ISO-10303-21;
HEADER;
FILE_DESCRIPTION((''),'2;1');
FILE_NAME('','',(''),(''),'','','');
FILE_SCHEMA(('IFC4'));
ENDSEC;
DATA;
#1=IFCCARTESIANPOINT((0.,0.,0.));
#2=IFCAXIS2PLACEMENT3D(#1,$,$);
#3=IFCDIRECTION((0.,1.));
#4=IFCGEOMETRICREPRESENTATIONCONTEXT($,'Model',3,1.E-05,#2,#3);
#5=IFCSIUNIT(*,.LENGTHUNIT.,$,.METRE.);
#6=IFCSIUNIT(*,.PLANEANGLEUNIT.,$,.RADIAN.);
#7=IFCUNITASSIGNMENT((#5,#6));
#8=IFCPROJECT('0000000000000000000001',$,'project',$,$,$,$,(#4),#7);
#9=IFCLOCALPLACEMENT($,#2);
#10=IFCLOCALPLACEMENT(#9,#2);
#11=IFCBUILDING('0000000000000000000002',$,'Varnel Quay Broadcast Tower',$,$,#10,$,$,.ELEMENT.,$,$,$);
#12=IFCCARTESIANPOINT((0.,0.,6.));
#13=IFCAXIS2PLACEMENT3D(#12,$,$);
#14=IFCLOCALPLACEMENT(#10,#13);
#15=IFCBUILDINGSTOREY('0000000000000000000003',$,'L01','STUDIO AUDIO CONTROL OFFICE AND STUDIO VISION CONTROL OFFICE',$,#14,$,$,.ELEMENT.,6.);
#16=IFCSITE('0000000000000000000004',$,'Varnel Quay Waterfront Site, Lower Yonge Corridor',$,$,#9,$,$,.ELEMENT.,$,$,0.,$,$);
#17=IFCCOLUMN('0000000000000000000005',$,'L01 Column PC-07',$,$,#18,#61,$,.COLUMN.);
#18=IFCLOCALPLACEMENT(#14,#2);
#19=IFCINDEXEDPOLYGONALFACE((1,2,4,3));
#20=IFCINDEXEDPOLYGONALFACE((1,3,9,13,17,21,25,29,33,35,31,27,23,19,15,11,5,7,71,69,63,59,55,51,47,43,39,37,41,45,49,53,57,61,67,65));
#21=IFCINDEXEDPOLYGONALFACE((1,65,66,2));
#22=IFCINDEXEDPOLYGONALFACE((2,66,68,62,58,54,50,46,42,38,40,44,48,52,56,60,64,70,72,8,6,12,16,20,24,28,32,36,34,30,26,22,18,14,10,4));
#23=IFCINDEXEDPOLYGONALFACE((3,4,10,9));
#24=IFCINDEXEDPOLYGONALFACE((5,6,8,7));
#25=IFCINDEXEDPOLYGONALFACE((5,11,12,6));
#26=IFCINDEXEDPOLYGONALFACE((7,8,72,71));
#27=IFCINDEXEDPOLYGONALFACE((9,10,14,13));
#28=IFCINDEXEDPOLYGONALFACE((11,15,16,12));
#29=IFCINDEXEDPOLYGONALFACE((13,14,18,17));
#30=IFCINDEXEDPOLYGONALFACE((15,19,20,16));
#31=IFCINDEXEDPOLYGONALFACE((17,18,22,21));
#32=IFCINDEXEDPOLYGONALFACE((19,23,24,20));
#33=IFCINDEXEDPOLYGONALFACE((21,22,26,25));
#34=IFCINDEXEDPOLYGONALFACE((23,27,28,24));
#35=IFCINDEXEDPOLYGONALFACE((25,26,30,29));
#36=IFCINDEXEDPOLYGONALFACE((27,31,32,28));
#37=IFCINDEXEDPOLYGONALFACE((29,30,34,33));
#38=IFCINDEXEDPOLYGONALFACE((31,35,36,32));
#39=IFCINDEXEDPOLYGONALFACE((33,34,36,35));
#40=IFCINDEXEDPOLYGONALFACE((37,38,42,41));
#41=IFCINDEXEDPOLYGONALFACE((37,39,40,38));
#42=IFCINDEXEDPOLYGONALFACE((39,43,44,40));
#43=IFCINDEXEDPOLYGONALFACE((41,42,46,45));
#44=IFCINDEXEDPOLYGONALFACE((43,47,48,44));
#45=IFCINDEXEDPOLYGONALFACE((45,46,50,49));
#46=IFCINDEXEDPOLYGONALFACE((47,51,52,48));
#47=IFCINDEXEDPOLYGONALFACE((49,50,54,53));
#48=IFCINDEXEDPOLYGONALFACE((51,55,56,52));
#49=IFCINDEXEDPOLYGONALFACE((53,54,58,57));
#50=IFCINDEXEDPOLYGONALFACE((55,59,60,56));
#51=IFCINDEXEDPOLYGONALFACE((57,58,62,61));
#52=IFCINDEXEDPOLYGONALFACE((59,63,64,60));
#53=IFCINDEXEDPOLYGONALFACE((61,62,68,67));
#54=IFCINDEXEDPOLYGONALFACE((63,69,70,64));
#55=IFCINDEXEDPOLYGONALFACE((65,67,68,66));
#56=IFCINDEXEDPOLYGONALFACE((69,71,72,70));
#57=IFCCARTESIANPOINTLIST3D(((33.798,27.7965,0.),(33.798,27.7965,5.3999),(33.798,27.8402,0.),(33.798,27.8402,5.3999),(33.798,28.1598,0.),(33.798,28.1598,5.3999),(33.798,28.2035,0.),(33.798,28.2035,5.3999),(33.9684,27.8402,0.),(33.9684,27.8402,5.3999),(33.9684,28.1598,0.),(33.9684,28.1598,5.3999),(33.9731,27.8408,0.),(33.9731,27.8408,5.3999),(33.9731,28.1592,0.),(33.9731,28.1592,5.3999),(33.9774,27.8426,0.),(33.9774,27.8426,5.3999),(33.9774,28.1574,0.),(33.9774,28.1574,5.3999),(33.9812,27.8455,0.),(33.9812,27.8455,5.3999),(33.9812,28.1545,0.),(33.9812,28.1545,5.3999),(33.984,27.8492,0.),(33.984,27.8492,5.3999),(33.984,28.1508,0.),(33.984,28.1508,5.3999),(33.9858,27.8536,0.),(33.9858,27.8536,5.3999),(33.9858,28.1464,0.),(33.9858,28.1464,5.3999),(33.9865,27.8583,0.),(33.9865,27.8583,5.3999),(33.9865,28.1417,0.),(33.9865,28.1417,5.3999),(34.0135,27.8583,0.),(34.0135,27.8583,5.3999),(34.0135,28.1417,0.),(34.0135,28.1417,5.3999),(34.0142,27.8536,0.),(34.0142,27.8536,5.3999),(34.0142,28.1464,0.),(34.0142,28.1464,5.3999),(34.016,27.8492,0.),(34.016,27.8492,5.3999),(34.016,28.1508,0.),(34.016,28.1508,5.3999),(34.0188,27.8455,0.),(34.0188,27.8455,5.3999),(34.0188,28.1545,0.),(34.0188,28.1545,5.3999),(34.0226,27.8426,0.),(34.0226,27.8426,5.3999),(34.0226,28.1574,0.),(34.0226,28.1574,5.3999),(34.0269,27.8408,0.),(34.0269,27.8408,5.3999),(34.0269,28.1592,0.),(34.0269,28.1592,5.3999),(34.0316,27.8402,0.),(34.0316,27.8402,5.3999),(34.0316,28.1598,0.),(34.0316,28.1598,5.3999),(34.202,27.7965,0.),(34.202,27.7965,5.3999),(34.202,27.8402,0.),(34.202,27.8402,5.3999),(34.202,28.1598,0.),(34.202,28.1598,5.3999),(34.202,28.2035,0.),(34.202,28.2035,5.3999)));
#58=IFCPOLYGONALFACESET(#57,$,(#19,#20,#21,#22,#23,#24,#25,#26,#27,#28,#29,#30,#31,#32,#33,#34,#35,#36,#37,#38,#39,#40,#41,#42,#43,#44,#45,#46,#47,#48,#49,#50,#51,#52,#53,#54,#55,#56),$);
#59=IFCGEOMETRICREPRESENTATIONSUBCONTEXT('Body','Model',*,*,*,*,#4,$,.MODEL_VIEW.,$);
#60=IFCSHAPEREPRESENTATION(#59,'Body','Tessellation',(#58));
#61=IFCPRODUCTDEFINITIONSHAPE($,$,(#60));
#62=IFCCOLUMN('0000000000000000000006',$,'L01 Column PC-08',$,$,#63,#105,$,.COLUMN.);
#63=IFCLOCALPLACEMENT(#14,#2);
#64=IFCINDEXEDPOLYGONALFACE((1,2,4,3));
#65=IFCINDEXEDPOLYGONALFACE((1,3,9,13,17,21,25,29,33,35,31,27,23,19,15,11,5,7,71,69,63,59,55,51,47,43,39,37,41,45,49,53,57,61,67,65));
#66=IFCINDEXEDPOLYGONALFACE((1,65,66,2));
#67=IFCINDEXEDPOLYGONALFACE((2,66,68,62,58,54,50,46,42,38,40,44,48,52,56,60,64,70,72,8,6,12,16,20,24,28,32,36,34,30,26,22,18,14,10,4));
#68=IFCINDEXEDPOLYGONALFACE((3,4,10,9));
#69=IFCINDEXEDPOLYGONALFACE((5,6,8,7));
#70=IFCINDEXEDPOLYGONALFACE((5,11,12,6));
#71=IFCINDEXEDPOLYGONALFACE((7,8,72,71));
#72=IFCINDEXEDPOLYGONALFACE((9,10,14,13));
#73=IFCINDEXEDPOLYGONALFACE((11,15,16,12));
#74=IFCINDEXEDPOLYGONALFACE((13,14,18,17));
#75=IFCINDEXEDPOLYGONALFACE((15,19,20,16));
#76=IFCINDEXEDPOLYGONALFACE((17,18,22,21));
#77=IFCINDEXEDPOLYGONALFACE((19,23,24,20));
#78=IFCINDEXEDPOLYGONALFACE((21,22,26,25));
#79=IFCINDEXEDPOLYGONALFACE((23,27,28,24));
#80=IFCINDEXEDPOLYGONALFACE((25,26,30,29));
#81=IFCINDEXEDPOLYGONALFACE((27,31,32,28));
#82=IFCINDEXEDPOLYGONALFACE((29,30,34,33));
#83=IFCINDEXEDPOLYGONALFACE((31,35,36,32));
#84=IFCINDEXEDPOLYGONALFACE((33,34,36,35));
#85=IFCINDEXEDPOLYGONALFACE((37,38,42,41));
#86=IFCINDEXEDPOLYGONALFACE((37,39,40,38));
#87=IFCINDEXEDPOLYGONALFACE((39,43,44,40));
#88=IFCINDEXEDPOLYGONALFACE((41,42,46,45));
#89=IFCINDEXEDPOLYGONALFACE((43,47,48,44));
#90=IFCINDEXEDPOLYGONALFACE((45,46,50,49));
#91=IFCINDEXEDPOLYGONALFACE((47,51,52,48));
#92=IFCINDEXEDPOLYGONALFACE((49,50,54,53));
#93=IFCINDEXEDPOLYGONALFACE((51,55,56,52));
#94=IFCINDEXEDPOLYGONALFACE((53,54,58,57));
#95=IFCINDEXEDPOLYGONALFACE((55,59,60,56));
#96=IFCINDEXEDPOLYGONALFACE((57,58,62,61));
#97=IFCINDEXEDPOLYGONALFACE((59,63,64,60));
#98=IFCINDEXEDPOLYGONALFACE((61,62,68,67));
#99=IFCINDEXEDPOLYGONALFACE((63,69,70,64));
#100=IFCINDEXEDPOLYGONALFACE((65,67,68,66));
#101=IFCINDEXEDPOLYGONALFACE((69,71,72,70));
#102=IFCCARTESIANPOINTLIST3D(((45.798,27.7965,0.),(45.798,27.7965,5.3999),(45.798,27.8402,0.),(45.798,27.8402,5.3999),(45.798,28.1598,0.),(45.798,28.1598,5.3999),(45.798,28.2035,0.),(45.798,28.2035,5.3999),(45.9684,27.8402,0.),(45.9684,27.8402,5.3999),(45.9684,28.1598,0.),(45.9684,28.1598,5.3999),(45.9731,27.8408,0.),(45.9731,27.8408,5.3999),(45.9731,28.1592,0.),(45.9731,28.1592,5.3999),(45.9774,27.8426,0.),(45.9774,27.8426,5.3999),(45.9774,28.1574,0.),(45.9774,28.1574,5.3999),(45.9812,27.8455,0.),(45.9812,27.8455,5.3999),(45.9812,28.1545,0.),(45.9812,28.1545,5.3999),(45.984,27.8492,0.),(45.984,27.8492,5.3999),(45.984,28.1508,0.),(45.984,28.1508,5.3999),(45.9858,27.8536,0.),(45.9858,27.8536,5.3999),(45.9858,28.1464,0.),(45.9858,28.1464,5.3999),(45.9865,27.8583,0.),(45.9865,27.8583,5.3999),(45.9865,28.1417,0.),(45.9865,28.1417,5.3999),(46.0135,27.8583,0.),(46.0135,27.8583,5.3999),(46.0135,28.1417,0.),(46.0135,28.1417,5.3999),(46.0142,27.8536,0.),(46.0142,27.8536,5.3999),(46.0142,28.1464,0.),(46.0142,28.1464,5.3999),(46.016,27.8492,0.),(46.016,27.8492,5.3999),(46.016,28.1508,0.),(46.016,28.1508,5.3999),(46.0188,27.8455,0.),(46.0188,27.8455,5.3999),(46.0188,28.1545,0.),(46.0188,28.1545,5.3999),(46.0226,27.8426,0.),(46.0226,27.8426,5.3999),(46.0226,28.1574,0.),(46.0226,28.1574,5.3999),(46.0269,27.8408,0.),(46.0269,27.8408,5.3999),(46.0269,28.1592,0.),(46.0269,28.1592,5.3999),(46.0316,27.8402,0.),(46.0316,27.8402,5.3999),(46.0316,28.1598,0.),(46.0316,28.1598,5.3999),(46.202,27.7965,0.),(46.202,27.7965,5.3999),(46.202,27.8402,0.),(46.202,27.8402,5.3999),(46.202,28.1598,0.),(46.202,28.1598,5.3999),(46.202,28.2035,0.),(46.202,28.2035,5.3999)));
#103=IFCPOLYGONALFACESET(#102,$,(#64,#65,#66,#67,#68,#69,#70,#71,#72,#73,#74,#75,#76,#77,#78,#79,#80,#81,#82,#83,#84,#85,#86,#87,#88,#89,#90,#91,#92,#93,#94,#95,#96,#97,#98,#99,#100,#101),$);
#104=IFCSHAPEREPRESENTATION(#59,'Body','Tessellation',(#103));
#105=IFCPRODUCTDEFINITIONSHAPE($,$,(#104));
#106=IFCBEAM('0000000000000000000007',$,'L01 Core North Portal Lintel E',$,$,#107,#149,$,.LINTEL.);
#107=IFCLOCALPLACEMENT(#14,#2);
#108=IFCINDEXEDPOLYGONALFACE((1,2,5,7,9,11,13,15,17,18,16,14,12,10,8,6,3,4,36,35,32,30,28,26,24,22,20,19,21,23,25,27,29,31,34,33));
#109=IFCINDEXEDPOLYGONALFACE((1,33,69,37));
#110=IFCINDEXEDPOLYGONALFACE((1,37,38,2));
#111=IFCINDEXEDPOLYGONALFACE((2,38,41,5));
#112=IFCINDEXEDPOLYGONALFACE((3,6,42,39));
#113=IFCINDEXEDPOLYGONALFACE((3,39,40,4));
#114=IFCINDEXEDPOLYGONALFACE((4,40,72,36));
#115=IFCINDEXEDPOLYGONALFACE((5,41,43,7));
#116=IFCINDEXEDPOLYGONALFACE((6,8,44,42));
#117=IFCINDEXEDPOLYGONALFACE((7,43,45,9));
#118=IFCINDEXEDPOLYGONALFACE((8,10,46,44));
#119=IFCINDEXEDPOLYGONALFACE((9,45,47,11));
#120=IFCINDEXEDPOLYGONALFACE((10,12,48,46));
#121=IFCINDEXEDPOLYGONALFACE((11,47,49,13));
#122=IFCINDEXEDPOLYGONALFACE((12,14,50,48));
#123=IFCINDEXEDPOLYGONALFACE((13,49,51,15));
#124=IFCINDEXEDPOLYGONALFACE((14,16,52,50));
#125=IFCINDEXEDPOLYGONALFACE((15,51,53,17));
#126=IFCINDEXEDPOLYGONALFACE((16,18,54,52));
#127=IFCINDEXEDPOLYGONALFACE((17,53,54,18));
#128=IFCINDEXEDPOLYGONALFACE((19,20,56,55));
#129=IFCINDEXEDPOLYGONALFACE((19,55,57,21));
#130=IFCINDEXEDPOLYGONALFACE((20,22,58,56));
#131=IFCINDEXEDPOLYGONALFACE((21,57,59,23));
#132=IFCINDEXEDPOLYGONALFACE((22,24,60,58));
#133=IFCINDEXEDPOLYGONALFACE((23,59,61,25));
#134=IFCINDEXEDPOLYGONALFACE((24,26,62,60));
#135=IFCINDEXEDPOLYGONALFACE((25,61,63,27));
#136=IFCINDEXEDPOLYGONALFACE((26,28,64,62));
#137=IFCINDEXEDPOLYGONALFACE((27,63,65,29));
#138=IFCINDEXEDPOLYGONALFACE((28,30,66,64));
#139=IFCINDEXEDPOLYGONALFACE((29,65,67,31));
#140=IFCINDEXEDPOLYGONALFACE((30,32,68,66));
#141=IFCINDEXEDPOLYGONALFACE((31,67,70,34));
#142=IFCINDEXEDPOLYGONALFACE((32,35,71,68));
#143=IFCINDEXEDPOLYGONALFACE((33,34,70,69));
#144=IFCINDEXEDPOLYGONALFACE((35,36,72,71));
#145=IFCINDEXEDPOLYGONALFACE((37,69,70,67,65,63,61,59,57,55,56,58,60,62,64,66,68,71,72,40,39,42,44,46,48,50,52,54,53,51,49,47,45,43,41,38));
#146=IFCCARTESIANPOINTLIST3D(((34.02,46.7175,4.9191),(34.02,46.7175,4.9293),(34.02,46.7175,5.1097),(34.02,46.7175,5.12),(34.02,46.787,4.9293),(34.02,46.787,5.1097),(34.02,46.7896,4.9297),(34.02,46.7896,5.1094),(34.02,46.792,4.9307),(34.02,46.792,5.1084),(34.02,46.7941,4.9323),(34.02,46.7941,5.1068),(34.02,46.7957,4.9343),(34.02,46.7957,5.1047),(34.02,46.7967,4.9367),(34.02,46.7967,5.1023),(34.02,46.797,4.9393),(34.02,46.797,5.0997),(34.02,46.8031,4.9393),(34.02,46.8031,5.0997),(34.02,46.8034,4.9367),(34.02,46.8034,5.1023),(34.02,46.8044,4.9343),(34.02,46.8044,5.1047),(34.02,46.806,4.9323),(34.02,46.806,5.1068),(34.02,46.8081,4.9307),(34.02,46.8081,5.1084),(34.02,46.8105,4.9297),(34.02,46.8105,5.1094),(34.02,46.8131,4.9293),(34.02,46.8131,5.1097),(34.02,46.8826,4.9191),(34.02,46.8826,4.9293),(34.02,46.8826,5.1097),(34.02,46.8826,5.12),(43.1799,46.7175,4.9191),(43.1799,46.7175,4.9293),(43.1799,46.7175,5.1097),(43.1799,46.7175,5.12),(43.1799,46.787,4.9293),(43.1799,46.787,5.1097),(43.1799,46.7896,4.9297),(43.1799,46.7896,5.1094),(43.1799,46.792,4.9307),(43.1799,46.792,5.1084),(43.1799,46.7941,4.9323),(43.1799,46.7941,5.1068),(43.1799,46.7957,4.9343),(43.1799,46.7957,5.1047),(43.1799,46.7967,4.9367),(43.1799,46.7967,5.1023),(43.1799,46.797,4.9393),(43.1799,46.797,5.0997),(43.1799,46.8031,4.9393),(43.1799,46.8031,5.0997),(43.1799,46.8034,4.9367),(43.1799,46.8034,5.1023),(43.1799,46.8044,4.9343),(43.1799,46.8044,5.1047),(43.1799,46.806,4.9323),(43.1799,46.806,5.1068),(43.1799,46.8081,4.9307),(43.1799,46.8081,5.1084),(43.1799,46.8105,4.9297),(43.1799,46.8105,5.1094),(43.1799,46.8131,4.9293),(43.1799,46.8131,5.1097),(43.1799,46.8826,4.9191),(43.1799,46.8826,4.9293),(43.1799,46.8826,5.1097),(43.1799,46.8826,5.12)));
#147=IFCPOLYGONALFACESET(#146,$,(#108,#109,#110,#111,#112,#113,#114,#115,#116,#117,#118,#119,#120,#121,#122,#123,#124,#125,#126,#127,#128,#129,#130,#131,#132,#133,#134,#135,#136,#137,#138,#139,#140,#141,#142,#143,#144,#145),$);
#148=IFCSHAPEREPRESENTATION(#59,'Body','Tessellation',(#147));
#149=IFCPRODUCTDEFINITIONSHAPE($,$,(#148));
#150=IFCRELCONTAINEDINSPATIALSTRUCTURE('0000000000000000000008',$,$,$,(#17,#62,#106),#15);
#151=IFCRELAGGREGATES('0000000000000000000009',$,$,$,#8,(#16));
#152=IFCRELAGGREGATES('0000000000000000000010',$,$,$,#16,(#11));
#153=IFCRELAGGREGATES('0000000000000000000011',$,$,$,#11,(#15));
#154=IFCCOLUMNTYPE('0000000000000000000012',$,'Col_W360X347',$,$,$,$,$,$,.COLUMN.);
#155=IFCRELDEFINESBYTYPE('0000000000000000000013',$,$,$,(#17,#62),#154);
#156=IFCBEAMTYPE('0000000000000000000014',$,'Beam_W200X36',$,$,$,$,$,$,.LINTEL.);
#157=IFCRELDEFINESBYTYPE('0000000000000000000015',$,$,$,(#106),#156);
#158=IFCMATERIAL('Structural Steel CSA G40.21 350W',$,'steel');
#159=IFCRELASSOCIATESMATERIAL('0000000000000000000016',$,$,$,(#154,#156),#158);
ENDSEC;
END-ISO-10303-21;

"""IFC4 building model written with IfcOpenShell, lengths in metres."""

from ifc_helpers import new_model, si_unit, direction, frame, origin, origin_2d, place, context, subcontext, project, spatial, i_section, extrude, source, transform, mapped, material, material_profile, profile_set, type_object, type_shapes, element, save


model = new_model("IFC4")

# Units and contexts
model_context = context("Model", 3, precision=1e-05, world=origin(), true_north=direction((0.0, 1.0)))
body_context = subcontext(model_context, "Body", "Model", "MODEL_VIEW")
ifc_project = project(units=[si_unit("LENGTHUNIT", "METRE"), si_unit("PLANEANGLEUNIT", "RADIAN")], contexts=[model_context])

# Site, building, storey
site_placement = place(None, origin())
site = spatial("IfcSite", under=ifc_project, at=site_placement, Name="Varnel Quay Waterfront Site, Lower Yonge Corridor", CompositionType="ELEMENT", RefElevation=0.0)
building_placement = place(site_placement, origin())
building = spatial("IfcBuilding", under=site, at=building_placement, Name="Varnel Quay Broadcast Tower", CompositionType="ELEMENT")
storey_placement = place(building_placement, frame((0.0, 0.0, 6.0)))
storey = spatial("IfcBuildingStorey", under=building, at=storey_placement, Name="L01", Description="STUDIO AUDIO CONTROL OFFICE AND STUDIO VISION CONTROL OFFICE", CompositionType="ELEMENT", Elevation=6.0)

# Columns
ifc_material_1 = material(Name="Structural Steel CSA G40.21 350W", Category="steel")
ifc_material_profile_1 = material_profile(ifc_material_1, i_section(OverallWidth=0.4041, OverallDepth=0.407, WebThickness=0.0271, FlangeThickness=0.0437, FilletRadius=0.0181, at=origin_2d()), Name="W360X347")
ifc_profile_set_1 = profile_set([ifc_material_profile_1], Name="Structural Steel CSA G40.21 350W")
column_type_1 = type_object("IfcColumnType", Name="Col_W360X347", PredefinedType="COLUMN", material=ifc_profile_set_1)
shared_shape_1 = source(origin(), body_context, "Body", "SweptSolid", [
    extrude(i_section(OverallWidth=0.4041, OverallDepth=0.407, WebThickness=0.0271, FlangeThickness=0.0437, FilletRadius=0.0181, at=origin_2d()), origin(), (0.0, 0.0, 1.0), 5.3999),
])
type_shapes(column_type_1, [shared_shape_1])
for number, where, z_axis, x_axis, name in (
    (1, (34.0, 28.0, 0.0), (0.0, 0.0, 1.0), (1.0, 0.0, 0.0), "L01 Column PC-07"),
    (2, (46.0, 28.0, 0.0), (0.0, 0.0, 1.0), (1.0, 0.0, 0.0), "L01 Column PC-08"),
):
    element("IfcColumn", number, at=place(storey_placement, frame(where, z_axis=z_axis, x_axis=x_axis)), inside=storey, type_object=column_type_1, Name=name, PredefinedType="COLUMN", context=body_context, shape_type="MappedRepresentation", body=[
        mapped(shared_shape_1, transform((0.0, 0.0, 0.0), x_axis=(1.0, 0.0, 0.0), y_axis=(0.0, 1.0, 0.0), z_axis=(0.0, 0.0, 1.0), scale=1.0)),
    ])

# Beam
ifc_material_profile_2 = material_profile(ifc_material_1, i_section(OverallWidth=0.165, OverallDepth=0.2009, WebThickness=0.0061, FlangeThickness=0.0103, FilletRadius=0.01, at=origin_2d()), Name="W200X36")
ifc_profile_set_2 = profile_set([ifc_material_profile_2], Name="Structural Steel CSA G40.21 350W")
beam_type_1 = type_object("IfcBeamType", Name="Beam_W200X36", PredefinedType="LINTEL", material=ifc_profile_set_2)
shared_shape_2 = source(origin(), body_context, "Body", "SweptSolid", [
    extrude(i_section(OverallWidth=0.165, OverallDepth=0.2009, WebThickness=0.0061, FlangeThickness=0.0103, FilletRadius=0.01, at=origin_2d()), origin(), (0.0, 0.0, 1.0), 9.1599),
])
type_shapes(beam_type_1, [shared_shape_2])
beam_1_placement = place(storey_placement, frame((34.02, 46.8, 5.0195), z_axis=(1.0, 0.0, 0.0), x_axis=(0.0, 1.0, 0.0)))
element("IfcBeam", 3, at=beam_1_placement, inside=storey, type_object=beam_type_1, Name="L01 Core North Portal Lintel E", PredefinedType="LINTEL", context=body_context, shape_type="MappedRepresentation", body=[
    mapped(shared_shape_2, transform((0.0, 0.0, 0.0), x_axis=(1.0, 0.0, 0.0), y_axis=(0.0, 1.0, 0.0), z_axis=(0.0, 0.0, 1.0), scale=1.0)),
])

save(model, "model.ifc")
